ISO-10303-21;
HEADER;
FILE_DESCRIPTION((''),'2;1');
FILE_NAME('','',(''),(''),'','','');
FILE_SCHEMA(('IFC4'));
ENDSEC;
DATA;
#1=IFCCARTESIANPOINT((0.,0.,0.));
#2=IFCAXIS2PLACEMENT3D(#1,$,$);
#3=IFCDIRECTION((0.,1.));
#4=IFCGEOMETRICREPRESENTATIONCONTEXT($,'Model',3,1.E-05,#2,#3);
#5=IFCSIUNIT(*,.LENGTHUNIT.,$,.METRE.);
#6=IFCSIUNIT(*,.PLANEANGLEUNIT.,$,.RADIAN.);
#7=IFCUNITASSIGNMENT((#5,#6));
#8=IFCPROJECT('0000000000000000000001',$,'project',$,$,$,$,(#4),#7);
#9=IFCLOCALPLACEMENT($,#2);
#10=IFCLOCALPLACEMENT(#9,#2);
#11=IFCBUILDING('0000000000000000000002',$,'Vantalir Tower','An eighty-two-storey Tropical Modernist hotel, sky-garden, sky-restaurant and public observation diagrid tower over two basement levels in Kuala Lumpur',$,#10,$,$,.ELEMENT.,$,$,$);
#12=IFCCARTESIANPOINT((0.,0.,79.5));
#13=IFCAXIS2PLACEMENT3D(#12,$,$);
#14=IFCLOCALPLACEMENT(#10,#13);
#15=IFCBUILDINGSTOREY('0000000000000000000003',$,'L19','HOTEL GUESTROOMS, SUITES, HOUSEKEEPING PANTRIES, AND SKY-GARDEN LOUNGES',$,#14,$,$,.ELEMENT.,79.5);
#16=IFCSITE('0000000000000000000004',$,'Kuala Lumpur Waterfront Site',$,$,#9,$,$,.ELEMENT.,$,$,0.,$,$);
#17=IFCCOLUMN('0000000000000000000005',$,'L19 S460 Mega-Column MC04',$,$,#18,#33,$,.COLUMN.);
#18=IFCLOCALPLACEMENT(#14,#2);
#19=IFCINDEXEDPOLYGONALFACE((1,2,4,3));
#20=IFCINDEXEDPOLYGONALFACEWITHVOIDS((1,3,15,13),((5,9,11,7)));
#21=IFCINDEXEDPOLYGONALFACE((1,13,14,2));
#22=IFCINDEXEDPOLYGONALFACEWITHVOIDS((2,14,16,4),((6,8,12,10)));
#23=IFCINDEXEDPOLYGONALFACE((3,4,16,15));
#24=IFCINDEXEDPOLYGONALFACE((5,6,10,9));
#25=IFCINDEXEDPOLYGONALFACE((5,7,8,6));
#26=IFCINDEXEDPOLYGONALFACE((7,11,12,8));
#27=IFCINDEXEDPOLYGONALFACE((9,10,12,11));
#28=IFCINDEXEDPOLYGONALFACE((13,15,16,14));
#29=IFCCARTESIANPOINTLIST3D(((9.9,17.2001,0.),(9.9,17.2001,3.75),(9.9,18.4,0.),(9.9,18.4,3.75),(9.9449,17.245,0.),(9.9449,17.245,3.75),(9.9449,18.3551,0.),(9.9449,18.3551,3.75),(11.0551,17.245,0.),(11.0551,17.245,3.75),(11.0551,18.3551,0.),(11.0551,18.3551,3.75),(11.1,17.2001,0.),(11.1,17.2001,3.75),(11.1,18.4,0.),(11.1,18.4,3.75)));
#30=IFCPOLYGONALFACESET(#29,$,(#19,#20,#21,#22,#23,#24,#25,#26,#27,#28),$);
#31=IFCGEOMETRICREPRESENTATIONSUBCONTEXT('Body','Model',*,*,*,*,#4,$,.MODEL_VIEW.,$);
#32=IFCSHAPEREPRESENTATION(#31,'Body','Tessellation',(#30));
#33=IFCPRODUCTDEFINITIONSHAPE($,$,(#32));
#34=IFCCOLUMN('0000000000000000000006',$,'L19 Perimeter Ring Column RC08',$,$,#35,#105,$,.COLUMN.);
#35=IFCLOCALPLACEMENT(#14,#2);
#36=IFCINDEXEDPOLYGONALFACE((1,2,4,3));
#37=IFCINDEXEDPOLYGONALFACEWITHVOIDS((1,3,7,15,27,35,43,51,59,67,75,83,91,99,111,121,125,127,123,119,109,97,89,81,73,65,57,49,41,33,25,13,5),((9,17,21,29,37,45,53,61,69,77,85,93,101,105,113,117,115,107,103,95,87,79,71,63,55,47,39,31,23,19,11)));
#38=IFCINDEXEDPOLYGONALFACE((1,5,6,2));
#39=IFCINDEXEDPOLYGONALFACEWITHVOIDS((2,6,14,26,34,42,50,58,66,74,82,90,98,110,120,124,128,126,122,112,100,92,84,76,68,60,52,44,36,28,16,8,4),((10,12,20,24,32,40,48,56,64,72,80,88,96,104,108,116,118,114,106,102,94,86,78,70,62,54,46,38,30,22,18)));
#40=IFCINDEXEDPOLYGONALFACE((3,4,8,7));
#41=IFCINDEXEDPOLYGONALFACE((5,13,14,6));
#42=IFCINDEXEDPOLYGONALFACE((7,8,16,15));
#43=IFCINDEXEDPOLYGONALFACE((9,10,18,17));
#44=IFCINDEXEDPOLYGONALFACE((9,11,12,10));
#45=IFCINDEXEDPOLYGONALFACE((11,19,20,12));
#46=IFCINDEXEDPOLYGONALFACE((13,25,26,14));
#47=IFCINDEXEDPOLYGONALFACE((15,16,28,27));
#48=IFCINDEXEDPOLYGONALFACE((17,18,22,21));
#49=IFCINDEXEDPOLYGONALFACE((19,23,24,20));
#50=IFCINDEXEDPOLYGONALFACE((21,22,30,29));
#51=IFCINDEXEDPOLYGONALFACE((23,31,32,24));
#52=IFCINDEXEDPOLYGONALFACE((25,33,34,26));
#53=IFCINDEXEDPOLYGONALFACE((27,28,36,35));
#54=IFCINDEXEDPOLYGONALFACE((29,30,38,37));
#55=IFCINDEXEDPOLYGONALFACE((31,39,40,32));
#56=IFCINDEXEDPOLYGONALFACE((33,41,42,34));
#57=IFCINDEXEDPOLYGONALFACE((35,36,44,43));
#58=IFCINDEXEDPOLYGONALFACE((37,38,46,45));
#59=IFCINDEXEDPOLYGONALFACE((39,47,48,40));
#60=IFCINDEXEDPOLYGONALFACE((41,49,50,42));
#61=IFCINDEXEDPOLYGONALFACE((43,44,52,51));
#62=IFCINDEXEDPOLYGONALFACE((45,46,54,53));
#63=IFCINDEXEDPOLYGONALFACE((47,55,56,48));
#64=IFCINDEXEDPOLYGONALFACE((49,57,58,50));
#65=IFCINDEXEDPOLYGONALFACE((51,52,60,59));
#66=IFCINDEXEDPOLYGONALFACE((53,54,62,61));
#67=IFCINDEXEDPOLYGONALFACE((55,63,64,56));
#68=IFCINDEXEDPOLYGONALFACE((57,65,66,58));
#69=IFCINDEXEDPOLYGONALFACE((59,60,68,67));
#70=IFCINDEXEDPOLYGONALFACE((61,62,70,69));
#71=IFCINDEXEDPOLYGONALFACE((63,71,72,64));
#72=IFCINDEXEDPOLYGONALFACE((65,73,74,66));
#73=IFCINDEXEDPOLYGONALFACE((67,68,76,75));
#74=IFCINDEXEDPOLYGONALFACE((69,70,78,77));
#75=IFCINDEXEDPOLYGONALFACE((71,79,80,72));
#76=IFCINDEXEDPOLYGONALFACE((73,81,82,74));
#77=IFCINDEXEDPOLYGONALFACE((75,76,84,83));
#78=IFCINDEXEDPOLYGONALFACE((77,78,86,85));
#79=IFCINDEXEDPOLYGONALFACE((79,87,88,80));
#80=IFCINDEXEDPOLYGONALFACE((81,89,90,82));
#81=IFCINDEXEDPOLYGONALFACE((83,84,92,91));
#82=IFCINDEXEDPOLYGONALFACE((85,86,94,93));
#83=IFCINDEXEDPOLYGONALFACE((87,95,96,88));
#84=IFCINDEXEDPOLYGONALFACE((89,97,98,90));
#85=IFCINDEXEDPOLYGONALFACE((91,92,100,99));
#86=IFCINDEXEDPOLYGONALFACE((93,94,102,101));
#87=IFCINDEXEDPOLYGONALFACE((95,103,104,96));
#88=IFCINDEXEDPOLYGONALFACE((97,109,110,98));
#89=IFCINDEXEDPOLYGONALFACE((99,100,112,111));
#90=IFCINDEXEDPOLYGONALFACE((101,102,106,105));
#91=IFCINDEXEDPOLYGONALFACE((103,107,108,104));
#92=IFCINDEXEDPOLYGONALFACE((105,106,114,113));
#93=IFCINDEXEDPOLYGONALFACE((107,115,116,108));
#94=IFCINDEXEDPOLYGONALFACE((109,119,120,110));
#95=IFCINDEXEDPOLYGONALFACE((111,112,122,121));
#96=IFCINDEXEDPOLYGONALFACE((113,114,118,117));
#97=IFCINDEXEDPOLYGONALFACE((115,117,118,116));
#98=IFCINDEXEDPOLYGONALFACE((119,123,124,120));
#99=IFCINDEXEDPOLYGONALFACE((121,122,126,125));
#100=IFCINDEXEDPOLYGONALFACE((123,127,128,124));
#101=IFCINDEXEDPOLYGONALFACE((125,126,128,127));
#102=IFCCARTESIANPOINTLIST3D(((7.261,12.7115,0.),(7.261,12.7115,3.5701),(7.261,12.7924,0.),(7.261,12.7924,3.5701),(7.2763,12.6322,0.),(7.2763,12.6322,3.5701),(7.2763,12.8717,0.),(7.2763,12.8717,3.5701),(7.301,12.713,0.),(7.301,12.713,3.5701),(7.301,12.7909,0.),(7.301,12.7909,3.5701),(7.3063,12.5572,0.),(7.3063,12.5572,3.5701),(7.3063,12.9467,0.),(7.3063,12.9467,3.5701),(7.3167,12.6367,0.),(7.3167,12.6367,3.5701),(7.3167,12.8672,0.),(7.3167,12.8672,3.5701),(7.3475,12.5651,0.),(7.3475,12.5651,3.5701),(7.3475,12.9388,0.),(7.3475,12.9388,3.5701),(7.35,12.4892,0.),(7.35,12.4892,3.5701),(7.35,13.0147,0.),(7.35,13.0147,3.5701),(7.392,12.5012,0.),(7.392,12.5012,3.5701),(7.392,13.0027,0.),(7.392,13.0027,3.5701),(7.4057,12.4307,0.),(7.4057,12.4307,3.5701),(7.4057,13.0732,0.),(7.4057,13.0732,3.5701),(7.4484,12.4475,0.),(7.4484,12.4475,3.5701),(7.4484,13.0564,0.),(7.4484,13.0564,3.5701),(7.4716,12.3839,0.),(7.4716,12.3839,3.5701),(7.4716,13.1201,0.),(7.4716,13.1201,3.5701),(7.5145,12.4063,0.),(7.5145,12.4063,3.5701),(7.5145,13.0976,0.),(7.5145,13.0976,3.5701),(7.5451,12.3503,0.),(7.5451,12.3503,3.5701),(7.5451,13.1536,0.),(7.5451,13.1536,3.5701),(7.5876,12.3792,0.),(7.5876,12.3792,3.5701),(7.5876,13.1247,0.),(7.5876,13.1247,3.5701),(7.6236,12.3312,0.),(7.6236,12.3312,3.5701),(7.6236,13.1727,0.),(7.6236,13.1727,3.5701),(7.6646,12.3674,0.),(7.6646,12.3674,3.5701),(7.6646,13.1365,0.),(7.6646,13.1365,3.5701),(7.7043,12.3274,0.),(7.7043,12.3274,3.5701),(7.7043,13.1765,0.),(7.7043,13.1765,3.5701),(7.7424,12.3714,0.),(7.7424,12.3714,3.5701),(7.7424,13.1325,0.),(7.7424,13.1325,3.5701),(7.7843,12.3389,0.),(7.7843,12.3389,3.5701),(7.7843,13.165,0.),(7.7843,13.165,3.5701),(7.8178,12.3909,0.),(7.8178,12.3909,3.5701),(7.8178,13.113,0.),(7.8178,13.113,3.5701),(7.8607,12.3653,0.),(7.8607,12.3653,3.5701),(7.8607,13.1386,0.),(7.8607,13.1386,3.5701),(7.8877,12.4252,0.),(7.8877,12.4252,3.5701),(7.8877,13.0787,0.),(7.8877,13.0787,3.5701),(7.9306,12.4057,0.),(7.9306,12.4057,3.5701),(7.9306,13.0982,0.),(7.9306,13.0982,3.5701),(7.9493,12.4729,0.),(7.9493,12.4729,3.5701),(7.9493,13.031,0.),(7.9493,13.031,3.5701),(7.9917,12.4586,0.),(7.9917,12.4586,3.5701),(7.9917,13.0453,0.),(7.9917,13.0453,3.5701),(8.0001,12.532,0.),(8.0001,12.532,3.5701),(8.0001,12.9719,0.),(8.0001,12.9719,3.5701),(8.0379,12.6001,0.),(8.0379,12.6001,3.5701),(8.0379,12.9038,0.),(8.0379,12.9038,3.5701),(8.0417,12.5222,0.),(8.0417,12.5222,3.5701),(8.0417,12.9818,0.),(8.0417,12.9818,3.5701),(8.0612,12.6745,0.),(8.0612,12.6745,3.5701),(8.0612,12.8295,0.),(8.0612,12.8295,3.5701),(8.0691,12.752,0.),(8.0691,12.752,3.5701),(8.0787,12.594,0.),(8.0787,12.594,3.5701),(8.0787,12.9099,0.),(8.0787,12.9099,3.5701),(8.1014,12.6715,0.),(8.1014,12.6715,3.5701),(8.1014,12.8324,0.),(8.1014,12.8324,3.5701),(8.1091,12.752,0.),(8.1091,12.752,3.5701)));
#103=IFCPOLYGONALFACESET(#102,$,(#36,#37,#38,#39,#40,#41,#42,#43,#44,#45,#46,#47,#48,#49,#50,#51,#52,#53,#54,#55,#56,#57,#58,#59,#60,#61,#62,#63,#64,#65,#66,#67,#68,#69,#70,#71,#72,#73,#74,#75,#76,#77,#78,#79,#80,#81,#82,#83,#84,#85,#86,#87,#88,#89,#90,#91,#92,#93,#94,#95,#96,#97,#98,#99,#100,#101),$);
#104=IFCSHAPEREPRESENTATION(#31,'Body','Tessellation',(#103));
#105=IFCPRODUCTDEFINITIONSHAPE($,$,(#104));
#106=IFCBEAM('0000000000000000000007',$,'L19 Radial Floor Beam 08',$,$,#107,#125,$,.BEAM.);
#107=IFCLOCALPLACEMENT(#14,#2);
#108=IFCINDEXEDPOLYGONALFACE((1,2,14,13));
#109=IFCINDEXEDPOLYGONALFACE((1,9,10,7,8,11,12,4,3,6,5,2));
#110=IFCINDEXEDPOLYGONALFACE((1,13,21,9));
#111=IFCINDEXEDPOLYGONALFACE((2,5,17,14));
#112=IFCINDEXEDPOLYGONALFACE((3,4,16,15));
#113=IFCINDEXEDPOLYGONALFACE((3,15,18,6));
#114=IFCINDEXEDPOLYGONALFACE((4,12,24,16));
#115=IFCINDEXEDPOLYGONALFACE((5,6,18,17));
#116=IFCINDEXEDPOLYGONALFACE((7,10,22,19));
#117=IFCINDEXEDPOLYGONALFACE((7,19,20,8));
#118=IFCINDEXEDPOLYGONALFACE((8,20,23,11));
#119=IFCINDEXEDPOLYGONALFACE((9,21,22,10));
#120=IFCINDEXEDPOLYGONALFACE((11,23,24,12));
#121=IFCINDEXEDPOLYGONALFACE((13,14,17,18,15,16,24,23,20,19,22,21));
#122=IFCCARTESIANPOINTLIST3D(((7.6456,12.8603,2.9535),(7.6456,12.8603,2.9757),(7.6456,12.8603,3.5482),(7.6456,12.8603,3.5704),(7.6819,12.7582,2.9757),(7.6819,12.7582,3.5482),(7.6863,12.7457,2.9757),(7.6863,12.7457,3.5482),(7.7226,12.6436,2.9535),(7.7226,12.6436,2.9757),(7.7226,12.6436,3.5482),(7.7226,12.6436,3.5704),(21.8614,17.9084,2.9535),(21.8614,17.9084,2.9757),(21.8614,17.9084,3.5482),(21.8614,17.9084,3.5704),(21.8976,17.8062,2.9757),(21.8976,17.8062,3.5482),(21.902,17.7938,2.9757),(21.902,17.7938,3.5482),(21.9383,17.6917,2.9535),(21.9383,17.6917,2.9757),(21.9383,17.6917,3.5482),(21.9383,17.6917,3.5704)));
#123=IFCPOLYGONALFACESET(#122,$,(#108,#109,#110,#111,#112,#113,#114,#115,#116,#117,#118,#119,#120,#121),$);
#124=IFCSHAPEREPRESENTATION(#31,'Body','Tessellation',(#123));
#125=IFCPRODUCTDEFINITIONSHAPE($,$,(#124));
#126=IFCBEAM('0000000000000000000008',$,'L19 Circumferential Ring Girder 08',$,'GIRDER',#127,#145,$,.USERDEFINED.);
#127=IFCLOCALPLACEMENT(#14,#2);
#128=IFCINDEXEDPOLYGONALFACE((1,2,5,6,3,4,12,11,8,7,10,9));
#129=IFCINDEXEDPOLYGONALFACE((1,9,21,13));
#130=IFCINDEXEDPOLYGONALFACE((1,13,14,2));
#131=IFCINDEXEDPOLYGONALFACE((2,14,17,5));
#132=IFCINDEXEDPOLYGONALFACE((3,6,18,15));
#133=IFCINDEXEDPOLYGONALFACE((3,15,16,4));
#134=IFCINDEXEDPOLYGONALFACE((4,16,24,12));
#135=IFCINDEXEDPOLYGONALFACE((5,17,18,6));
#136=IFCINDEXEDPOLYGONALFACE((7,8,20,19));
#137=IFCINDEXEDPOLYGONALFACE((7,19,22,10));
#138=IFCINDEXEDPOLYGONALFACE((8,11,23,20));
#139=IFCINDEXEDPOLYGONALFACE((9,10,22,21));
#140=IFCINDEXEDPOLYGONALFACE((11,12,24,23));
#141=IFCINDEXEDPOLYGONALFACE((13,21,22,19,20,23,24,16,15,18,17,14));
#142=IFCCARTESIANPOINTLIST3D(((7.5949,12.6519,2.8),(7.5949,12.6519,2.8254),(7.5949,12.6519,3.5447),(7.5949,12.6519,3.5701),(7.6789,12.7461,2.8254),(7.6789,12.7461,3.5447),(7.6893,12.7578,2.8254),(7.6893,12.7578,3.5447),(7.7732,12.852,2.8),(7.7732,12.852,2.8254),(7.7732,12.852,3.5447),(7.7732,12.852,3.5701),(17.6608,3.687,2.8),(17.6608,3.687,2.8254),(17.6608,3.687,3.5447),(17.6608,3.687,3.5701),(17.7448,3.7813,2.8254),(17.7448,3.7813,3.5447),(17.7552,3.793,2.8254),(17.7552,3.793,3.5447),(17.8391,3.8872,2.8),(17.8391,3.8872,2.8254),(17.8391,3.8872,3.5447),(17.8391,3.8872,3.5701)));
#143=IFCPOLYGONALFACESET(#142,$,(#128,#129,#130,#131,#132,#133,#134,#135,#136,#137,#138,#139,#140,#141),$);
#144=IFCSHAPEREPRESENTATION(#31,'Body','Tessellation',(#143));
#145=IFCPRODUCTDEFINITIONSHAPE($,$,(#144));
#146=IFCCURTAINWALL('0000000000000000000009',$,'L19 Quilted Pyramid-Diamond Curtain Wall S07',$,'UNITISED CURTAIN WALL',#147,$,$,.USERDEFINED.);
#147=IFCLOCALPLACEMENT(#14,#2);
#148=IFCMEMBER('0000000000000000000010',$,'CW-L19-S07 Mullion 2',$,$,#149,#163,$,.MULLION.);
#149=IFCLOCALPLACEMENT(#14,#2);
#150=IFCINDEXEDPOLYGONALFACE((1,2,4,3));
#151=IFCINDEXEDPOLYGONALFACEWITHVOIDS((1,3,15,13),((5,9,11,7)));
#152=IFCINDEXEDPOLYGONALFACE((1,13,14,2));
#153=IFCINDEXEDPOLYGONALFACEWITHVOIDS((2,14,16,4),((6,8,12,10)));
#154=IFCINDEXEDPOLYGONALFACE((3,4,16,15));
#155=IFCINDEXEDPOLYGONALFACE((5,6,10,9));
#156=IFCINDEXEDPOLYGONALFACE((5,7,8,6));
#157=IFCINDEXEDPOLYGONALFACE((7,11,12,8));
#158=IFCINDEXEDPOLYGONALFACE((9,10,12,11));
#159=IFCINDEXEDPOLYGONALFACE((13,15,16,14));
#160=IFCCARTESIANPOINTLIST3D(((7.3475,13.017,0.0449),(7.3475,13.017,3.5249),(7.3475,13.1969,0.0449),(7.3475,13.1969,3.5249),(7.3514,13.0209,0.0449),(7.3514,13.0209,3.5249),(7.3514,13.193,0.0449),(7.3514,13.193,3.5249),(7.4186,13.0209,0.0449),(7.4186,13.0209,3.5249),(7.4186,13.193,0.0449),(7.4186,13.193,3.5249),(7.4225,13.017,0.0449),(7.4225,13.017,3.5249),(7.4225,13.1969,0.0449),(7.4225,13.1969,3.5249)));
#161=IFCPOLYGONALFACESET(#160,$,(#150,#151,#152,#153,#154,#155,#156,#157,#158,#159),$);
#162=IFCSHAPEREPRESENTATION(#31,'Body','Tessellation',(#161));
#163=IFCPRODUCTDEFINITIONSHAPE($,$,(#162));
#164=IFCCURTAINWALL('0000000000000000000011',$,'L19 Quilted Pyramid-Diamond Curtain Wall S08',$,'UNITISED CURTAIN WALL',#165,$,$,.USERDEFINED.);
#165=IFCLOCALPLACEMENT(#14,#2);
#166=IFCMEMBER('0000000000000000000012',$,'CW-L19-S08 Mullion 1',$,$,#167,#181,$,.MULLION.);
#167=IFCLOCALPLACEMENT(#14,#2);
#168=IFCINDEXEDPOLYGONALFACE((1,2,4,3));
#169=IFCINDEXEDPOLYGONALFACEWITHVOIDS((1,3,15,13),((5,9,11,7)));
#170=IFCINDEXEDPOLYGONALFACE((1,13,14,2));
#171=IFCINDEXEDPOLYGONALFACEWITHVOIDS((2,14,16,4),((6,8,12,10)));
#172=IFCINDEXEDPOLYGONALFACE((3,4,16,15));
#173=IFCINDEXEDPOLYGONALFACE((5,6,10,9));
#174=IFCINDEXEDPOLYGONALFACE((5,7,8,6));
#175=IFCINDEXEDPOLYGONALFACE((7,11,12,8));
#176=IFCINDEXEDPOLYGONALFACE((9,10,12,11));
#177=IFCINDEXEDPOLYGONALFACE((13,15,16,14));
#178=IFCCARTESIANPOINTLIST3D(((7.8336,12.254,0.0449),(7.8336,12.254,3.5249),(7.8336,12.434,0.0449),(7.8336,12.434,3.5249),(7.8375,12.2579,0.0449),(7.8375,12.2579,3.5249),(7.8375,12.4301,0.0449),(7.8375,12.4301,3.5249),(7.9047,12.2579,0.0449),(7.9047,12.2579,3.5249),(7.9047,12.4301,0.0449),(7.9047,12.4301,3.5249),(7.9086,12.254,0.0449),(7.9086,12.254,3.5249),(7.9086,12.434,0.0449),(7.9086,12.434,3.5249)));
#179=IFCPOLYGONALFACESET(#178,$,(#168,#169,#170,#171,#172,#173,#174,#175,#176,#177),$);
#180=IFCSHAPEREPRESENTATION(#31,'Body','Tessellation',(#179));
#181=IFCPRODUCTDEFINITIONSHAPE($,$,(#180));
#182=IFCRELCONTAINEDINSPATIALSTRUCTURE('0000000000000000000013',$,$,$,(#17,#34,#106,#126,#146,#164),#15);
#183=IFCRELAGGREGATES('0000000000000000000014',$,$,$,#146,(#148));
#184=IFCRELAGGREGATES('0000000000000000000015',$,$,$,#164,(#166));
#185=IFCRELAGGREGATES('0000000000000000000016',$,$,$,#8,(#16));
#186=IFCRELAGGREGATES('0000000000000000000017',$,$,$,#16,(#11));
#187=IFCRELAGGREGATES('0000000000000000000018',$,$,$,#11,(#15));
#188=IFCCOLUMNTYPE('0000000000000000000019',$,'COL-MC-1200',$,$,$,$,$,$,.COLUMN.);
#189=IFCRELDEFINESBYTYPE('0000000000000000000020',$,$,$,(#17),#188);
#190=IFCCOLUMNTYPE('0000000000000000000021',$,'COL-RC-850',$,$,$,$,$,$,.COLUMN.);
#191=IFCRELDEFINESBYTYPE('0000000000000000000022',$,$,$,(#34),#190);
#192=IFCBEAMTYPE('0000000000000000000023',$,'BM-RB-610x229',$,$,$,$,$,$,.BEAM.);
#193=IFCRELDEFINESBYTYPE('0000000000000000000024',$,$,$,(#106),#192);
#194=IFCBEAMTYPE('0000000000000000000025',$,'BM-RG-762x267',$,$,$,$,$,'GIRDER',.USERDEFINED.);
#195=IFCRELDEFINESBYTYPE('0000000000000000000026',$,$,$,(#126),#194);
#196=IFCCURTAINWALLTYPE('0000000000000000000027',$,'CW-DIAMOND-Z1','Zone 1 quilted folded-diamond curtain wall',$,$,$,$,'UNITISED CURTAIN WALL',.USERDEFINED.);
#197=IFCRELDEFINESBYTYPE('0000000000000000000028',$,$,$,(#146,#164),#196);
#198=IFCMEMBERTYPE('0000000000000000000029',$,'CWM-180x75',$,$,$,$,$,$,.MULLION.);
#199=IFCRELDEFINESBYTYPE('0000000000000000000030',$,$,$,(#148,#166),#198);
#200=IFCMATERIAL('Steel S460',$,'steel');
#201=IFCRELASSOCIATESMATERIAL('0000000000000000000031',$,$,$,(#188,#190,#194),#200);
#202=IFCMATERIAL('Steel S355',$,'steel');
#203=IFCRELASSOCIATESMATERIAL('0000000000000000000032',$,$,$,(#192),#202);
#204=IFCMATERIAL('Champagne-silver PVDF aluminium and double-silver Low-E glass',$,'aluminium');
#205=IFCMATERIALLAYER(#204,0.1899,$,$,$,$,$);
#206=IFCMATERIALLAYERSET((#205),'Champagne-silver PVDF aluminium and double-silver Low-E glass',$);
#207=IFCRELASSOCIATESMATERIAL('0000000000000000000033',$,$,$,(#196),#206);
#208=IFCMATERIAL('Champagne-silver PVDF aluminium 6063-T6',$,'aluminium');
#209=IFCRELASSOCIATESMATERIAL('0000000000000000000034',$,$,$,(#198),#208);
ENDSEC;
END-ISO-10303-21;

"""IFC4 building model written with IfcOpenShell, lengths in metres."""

from ifc_helpers import new_model, si_unit, direction, frame, origin, origin_2d, place, context, subcontext, project, spatial, hollow_rectangle, hollow_circle, i_section, extrude, material, layer, layer_set, material_profile, profile_set, type_object, element, aggregate, save


model = new_model("IFC4")

# Units and contexts
model_context = context("Model", 3, precision=1e-05, world=origin(), true_north=direction((0.0, 1.0)))
body_context = subcontext(model_context, "Body", "Model", "MODEL_VIEW")
ifc_project = project(units=[si_unit("LENGTHUNIT", "METRE"), si_unit("PLANEANGLEUNIT", "RADIAN")], contexts=[model_context])

# Site, building, storey
site_placement = place(None, origin())
site = spatial("IfcSite", under=ifc_project, at=site_placement, Name="Kuala Lumpur Waterfront Site", CompositionType="ELEMENT", RefElevation=0.0)
building_placement = place(site_placement, origin())
building = spatial("IfcBuilding", under=site, at=building_placement, Name="Vantalir Tower", Description="An eighty-two-storey Tropical Modernist hotel, sky-garden, sky-restaurant and public observation diagrid tower over two basement levels in Kuala Lumpur", CompositionType="ELEMENT")
storey_placement = place(building_placement, frame((0.0, 0.0, 79.5)))
storey = spatial("IfcBuildingStorey", under=building, at=storey_placement, Name="L19", Description="HOTEL GUESTROOMS, SUITES, HOUSEKEEPING PANTRIES, AND SKY-GARDEN LOUNGES", CompositionType="ELEMENT", Elevation=79.5)

# Columns
ifc_material_1 = material(Name="Steel S460", Category="steel")
ifc_material_profile_1 = material_profile(ifc_material_1, hollow_rectangle(XDim=1.2, YDim=1.2, WallThickness=0.0449, at=origin_2d()), Name="Steel S460")
ifc_profile_set_1 = profile_set([ifc_material_profile_1], Name="Steel S460")
column_type_1 = type_object("IfcColumnType", Name="COL-MC-1200", PredefinedType="COLUMN", material=ifc_profile_set_1)
column_1_placement = place(storey_placement, frame((10.5, 17.8, 0.0), z_axis=(0.0, 0.0, 1.0), x_axis=(1.0, 0.0, 0.0)))
element("IfcColumn", 1, at=column_1_placement, inside=storey, type_object=column_type_1, Name="L19 S460 Mega-Column MC04", PredefinedType="COLUMN", context=body_context, shape_type="SweptSolid", body=[
    extrude(hollow_rectangle(XDim=1.2, YDim=1.2, WallThickness=0.0449, at=origin_2d()), origin(), (0.0, 0.0, 1.0), 3.75),
])
ifc_material_profile_2 = material_profile(ifc_material_1, hollow_circle(Radius=0.425, WallThickness=0.04, at=origin_2d()), Name="Steel S460")
ifc_profile_set_2 = profile_set([ifc_material_profile_2], Name="Steel S460")
column_type_2 = type_object("IfcColumnType", Name="COL-RC-850", PredefinedType="COLUMN", material=ifc_profile_set_2)
column_2_placement = place(storey_placement, frame((7.6841, 12.752, 0.0), z_axis=(0.0, 0.0, 1.0), x_axis=(1.0, 0.0, 0.0)))
element("IfcColumn", 2, at=column_2_placement, inside=storey, type_object=column_type_2, Name="L19 Perimeter Ring Column RC08", PredefinedType="COLUMN", context=body_context, shape_type="SweptSolid", body=[
    extrude(hollow_circle(Radius=0.425, WallThickness=0.04, at=origin_2d()), origin(), (0.0, 0.0, 1.0), 3.5701),
])

# Beams
ifc_material_2 = material(Name="Steel S355", Category="steel")
ifc_material_profile_3 = material_profile(ifc_material_2, i_section(OverallWidth=0.23, OverallDepth=0.6169, WebThickness=0.0132, FlangeThickness=0.0222, at=origin_2d()), Name="Steel S355")
ifc_profile_set_3 = profile_set([ifc_material_profile_3], Name="Steel S355")
beam_type_1 = type_object("IfcBeamType", Name="BM-RB-610x229", PredefinedType="BEAM", material=ifc_profile_set_3)
beam_1_placement = place(storey_placement, frame((7.6841, 12.752, 3.262), z_axis=(0.942349, 0.334632, 0.0), x_axis=(-0.334632, 0.942349, 0.0)))
element("IfcBeam", 3, at=beam_1_placement, inside=storey, type_object=beam_type_1, Name="L19 Radial Floor Beam 08", PredefinedType="BEAM", context=body_context, shape_type="SweptSolid", body=[
    extrude(i_section(OverallWidth=0.23, OverallDepth=0.6169, WebThickness=0.0132, FlangeThickness=0.0222, at=origin_2d()), origin(), (0.0, 0.0, 1.0), 15.0854),
])
ifc_material_profile_4 = material_profile(ifc_material_1, i_section(OverallWidth=0.2681, OverallDepth=0.77, WebThickness=0.0156, FlangeThickness=0.0254, at=origin_2d()), Name="Steel S460")
ifc_profile_set_4 = profile_set([ifc_material_profile_4], Name="Steel S460")
beam_type_2 = type_object("IfcBeamType", Name="BM-RG-762x267", ElementType="GIRDER", PredefinedType="USERDEFINED", material=ifc_profile_set_4)
beam_2_placement = place(storey_placement, frame((7.6841, 12.752, 3.1851), z_axis=(0.746769, -0.665083, 0.0), x_axis=(0.665083, 0.746769, 0.0)))
element("IfcBeam", 4, at=beam_2_placement, inside=storey, type_object=beam_type_2, Name="L19 Circumferential Ring Girder 08", ObjectType="GIRDER", PredefinedType="USERDEFINED", context=body_context, shape_type="SweptSolid", body=[
    extrude(i_section(OverallWidth=0.2681, OverallDepth=0.77, WebThickness=0.0156, FlangeThickness=0.0254, at=origin_2d()), origin(), (0.0, 0.0, 1.0), 13.4792),
])

# Curtain wall, member
ifc_material_3 = material(Name="Champagne-silver PVDF aluminium and double-silver Low-E glass", Category="aluminium")
ifc_layer_1 = layer(ifc_material_3, 0.1899)
ifc_layer_set_1 = layer_set([ifc_layer_1], Name="Champagne-silver PVDF aluminium and double-silver Low-E glass")
curtain_wall_type = type_object("IfcCurtainWallType", Name="CW-DIAMOND-Z1", Description="Zone 1 quilted folded-diamond curtain wall", ElementType="UNITISED CURTAIN WALL", PredefinedType="USERDEFINED", material=ifc_layer_set_1)
curtain_wall_1_placement = place(storey_placement, origin())
curtain_wall_1 = element("IfcCurtainWall", 5, at=curtain_wall_1_placement, inside=storey, type_object=curtain_wall_type, Name="L19 Quilted Pyramid-Diamond Curtain Wall S07", ObjectType="UNITISED CURTAIN WALL", PredefinedType="USERDEFINED")
ifc_material_4 = material(Name="Champagne-silver PVDF aluminium 6063-T6", Category="aluminium")
ifc_material_profile_5 = material_profile(ifc_material_4, hollow_rectangle(XDim=0.075, YDim=0.1799, WallThickness=0.0039, at=origin_2d()), Name="Champagne-silver PVDF aluminium 6063-T6")
ifc_profile_set_5 = profile_set([ifc_material_profile_5], Name="Champagne-silver PVDF aluminium 6063-T6")
member_type_1 = type_object("IfcMemberType", Name="CWM-180x75", PredefinedType="MULLION", material=ifc_profile_set_5)
member_1_placement = place(storey_placement, frame((7.385, 13.1069, 0.0449), z_axis=(0.0, 0.0, 1.0), x_axis=(1.0, 0.0, 0.0)))
member_1 = element("IfcMember", 6, at=member_1_placement, type_object=member_type_1, Name="CW-L19-S07 Mullion 2", PredefinedType="MULLION", context=body_context, shape_type="SweptSolid", body=[
    extrude(hollow_rectangle(XDim=0.075, YDim=0.1799, WallThickness=0.0039, at=origin_2d()), origin(), (0.0, 0.0, 1.0), 3.48),
])

# Curtain wall, member
curtain_wall_2_placement = place(storey_placement, origin())
curtain_wall_2 = element("IfcCurtainWall", 7, at=curtain_wall_2_placement, inside=storey, type_object=curtain_wall_type, Name="L19 Quilted Pyramid-Diamond Curtain Wall S08", ObjectType="UNITISED CURTAIN WALL", PredefinedType="USERDEFINED")
member_2_placement = place(storey_placement, frame((7.8711, 12.344, 0.0449), z_axis=(0.0, 0.0, 1.0), x_axis=(1.0, 0.0, 0.0)))
member_2 = element("IfcMember", 8, at=member_2_placement, type_object=member_type_1, Name="CW-L19-S08 Mullion 1", PredefinedType="MULLION", context=body_context, shape_type="SweptSolid", body=[
    extrude(hollow_rectangle(XDim=0.075, YDim=0.1799, WallThickness=0.0039, at=origin_2d()), origin(), (0.0, 0.0, 1.0), 3.48),
])

aggregate(curtain_wall_1, [member_1])
aggregate(curtain_wall_2, [member_2])

save(model, "model.ifc")
